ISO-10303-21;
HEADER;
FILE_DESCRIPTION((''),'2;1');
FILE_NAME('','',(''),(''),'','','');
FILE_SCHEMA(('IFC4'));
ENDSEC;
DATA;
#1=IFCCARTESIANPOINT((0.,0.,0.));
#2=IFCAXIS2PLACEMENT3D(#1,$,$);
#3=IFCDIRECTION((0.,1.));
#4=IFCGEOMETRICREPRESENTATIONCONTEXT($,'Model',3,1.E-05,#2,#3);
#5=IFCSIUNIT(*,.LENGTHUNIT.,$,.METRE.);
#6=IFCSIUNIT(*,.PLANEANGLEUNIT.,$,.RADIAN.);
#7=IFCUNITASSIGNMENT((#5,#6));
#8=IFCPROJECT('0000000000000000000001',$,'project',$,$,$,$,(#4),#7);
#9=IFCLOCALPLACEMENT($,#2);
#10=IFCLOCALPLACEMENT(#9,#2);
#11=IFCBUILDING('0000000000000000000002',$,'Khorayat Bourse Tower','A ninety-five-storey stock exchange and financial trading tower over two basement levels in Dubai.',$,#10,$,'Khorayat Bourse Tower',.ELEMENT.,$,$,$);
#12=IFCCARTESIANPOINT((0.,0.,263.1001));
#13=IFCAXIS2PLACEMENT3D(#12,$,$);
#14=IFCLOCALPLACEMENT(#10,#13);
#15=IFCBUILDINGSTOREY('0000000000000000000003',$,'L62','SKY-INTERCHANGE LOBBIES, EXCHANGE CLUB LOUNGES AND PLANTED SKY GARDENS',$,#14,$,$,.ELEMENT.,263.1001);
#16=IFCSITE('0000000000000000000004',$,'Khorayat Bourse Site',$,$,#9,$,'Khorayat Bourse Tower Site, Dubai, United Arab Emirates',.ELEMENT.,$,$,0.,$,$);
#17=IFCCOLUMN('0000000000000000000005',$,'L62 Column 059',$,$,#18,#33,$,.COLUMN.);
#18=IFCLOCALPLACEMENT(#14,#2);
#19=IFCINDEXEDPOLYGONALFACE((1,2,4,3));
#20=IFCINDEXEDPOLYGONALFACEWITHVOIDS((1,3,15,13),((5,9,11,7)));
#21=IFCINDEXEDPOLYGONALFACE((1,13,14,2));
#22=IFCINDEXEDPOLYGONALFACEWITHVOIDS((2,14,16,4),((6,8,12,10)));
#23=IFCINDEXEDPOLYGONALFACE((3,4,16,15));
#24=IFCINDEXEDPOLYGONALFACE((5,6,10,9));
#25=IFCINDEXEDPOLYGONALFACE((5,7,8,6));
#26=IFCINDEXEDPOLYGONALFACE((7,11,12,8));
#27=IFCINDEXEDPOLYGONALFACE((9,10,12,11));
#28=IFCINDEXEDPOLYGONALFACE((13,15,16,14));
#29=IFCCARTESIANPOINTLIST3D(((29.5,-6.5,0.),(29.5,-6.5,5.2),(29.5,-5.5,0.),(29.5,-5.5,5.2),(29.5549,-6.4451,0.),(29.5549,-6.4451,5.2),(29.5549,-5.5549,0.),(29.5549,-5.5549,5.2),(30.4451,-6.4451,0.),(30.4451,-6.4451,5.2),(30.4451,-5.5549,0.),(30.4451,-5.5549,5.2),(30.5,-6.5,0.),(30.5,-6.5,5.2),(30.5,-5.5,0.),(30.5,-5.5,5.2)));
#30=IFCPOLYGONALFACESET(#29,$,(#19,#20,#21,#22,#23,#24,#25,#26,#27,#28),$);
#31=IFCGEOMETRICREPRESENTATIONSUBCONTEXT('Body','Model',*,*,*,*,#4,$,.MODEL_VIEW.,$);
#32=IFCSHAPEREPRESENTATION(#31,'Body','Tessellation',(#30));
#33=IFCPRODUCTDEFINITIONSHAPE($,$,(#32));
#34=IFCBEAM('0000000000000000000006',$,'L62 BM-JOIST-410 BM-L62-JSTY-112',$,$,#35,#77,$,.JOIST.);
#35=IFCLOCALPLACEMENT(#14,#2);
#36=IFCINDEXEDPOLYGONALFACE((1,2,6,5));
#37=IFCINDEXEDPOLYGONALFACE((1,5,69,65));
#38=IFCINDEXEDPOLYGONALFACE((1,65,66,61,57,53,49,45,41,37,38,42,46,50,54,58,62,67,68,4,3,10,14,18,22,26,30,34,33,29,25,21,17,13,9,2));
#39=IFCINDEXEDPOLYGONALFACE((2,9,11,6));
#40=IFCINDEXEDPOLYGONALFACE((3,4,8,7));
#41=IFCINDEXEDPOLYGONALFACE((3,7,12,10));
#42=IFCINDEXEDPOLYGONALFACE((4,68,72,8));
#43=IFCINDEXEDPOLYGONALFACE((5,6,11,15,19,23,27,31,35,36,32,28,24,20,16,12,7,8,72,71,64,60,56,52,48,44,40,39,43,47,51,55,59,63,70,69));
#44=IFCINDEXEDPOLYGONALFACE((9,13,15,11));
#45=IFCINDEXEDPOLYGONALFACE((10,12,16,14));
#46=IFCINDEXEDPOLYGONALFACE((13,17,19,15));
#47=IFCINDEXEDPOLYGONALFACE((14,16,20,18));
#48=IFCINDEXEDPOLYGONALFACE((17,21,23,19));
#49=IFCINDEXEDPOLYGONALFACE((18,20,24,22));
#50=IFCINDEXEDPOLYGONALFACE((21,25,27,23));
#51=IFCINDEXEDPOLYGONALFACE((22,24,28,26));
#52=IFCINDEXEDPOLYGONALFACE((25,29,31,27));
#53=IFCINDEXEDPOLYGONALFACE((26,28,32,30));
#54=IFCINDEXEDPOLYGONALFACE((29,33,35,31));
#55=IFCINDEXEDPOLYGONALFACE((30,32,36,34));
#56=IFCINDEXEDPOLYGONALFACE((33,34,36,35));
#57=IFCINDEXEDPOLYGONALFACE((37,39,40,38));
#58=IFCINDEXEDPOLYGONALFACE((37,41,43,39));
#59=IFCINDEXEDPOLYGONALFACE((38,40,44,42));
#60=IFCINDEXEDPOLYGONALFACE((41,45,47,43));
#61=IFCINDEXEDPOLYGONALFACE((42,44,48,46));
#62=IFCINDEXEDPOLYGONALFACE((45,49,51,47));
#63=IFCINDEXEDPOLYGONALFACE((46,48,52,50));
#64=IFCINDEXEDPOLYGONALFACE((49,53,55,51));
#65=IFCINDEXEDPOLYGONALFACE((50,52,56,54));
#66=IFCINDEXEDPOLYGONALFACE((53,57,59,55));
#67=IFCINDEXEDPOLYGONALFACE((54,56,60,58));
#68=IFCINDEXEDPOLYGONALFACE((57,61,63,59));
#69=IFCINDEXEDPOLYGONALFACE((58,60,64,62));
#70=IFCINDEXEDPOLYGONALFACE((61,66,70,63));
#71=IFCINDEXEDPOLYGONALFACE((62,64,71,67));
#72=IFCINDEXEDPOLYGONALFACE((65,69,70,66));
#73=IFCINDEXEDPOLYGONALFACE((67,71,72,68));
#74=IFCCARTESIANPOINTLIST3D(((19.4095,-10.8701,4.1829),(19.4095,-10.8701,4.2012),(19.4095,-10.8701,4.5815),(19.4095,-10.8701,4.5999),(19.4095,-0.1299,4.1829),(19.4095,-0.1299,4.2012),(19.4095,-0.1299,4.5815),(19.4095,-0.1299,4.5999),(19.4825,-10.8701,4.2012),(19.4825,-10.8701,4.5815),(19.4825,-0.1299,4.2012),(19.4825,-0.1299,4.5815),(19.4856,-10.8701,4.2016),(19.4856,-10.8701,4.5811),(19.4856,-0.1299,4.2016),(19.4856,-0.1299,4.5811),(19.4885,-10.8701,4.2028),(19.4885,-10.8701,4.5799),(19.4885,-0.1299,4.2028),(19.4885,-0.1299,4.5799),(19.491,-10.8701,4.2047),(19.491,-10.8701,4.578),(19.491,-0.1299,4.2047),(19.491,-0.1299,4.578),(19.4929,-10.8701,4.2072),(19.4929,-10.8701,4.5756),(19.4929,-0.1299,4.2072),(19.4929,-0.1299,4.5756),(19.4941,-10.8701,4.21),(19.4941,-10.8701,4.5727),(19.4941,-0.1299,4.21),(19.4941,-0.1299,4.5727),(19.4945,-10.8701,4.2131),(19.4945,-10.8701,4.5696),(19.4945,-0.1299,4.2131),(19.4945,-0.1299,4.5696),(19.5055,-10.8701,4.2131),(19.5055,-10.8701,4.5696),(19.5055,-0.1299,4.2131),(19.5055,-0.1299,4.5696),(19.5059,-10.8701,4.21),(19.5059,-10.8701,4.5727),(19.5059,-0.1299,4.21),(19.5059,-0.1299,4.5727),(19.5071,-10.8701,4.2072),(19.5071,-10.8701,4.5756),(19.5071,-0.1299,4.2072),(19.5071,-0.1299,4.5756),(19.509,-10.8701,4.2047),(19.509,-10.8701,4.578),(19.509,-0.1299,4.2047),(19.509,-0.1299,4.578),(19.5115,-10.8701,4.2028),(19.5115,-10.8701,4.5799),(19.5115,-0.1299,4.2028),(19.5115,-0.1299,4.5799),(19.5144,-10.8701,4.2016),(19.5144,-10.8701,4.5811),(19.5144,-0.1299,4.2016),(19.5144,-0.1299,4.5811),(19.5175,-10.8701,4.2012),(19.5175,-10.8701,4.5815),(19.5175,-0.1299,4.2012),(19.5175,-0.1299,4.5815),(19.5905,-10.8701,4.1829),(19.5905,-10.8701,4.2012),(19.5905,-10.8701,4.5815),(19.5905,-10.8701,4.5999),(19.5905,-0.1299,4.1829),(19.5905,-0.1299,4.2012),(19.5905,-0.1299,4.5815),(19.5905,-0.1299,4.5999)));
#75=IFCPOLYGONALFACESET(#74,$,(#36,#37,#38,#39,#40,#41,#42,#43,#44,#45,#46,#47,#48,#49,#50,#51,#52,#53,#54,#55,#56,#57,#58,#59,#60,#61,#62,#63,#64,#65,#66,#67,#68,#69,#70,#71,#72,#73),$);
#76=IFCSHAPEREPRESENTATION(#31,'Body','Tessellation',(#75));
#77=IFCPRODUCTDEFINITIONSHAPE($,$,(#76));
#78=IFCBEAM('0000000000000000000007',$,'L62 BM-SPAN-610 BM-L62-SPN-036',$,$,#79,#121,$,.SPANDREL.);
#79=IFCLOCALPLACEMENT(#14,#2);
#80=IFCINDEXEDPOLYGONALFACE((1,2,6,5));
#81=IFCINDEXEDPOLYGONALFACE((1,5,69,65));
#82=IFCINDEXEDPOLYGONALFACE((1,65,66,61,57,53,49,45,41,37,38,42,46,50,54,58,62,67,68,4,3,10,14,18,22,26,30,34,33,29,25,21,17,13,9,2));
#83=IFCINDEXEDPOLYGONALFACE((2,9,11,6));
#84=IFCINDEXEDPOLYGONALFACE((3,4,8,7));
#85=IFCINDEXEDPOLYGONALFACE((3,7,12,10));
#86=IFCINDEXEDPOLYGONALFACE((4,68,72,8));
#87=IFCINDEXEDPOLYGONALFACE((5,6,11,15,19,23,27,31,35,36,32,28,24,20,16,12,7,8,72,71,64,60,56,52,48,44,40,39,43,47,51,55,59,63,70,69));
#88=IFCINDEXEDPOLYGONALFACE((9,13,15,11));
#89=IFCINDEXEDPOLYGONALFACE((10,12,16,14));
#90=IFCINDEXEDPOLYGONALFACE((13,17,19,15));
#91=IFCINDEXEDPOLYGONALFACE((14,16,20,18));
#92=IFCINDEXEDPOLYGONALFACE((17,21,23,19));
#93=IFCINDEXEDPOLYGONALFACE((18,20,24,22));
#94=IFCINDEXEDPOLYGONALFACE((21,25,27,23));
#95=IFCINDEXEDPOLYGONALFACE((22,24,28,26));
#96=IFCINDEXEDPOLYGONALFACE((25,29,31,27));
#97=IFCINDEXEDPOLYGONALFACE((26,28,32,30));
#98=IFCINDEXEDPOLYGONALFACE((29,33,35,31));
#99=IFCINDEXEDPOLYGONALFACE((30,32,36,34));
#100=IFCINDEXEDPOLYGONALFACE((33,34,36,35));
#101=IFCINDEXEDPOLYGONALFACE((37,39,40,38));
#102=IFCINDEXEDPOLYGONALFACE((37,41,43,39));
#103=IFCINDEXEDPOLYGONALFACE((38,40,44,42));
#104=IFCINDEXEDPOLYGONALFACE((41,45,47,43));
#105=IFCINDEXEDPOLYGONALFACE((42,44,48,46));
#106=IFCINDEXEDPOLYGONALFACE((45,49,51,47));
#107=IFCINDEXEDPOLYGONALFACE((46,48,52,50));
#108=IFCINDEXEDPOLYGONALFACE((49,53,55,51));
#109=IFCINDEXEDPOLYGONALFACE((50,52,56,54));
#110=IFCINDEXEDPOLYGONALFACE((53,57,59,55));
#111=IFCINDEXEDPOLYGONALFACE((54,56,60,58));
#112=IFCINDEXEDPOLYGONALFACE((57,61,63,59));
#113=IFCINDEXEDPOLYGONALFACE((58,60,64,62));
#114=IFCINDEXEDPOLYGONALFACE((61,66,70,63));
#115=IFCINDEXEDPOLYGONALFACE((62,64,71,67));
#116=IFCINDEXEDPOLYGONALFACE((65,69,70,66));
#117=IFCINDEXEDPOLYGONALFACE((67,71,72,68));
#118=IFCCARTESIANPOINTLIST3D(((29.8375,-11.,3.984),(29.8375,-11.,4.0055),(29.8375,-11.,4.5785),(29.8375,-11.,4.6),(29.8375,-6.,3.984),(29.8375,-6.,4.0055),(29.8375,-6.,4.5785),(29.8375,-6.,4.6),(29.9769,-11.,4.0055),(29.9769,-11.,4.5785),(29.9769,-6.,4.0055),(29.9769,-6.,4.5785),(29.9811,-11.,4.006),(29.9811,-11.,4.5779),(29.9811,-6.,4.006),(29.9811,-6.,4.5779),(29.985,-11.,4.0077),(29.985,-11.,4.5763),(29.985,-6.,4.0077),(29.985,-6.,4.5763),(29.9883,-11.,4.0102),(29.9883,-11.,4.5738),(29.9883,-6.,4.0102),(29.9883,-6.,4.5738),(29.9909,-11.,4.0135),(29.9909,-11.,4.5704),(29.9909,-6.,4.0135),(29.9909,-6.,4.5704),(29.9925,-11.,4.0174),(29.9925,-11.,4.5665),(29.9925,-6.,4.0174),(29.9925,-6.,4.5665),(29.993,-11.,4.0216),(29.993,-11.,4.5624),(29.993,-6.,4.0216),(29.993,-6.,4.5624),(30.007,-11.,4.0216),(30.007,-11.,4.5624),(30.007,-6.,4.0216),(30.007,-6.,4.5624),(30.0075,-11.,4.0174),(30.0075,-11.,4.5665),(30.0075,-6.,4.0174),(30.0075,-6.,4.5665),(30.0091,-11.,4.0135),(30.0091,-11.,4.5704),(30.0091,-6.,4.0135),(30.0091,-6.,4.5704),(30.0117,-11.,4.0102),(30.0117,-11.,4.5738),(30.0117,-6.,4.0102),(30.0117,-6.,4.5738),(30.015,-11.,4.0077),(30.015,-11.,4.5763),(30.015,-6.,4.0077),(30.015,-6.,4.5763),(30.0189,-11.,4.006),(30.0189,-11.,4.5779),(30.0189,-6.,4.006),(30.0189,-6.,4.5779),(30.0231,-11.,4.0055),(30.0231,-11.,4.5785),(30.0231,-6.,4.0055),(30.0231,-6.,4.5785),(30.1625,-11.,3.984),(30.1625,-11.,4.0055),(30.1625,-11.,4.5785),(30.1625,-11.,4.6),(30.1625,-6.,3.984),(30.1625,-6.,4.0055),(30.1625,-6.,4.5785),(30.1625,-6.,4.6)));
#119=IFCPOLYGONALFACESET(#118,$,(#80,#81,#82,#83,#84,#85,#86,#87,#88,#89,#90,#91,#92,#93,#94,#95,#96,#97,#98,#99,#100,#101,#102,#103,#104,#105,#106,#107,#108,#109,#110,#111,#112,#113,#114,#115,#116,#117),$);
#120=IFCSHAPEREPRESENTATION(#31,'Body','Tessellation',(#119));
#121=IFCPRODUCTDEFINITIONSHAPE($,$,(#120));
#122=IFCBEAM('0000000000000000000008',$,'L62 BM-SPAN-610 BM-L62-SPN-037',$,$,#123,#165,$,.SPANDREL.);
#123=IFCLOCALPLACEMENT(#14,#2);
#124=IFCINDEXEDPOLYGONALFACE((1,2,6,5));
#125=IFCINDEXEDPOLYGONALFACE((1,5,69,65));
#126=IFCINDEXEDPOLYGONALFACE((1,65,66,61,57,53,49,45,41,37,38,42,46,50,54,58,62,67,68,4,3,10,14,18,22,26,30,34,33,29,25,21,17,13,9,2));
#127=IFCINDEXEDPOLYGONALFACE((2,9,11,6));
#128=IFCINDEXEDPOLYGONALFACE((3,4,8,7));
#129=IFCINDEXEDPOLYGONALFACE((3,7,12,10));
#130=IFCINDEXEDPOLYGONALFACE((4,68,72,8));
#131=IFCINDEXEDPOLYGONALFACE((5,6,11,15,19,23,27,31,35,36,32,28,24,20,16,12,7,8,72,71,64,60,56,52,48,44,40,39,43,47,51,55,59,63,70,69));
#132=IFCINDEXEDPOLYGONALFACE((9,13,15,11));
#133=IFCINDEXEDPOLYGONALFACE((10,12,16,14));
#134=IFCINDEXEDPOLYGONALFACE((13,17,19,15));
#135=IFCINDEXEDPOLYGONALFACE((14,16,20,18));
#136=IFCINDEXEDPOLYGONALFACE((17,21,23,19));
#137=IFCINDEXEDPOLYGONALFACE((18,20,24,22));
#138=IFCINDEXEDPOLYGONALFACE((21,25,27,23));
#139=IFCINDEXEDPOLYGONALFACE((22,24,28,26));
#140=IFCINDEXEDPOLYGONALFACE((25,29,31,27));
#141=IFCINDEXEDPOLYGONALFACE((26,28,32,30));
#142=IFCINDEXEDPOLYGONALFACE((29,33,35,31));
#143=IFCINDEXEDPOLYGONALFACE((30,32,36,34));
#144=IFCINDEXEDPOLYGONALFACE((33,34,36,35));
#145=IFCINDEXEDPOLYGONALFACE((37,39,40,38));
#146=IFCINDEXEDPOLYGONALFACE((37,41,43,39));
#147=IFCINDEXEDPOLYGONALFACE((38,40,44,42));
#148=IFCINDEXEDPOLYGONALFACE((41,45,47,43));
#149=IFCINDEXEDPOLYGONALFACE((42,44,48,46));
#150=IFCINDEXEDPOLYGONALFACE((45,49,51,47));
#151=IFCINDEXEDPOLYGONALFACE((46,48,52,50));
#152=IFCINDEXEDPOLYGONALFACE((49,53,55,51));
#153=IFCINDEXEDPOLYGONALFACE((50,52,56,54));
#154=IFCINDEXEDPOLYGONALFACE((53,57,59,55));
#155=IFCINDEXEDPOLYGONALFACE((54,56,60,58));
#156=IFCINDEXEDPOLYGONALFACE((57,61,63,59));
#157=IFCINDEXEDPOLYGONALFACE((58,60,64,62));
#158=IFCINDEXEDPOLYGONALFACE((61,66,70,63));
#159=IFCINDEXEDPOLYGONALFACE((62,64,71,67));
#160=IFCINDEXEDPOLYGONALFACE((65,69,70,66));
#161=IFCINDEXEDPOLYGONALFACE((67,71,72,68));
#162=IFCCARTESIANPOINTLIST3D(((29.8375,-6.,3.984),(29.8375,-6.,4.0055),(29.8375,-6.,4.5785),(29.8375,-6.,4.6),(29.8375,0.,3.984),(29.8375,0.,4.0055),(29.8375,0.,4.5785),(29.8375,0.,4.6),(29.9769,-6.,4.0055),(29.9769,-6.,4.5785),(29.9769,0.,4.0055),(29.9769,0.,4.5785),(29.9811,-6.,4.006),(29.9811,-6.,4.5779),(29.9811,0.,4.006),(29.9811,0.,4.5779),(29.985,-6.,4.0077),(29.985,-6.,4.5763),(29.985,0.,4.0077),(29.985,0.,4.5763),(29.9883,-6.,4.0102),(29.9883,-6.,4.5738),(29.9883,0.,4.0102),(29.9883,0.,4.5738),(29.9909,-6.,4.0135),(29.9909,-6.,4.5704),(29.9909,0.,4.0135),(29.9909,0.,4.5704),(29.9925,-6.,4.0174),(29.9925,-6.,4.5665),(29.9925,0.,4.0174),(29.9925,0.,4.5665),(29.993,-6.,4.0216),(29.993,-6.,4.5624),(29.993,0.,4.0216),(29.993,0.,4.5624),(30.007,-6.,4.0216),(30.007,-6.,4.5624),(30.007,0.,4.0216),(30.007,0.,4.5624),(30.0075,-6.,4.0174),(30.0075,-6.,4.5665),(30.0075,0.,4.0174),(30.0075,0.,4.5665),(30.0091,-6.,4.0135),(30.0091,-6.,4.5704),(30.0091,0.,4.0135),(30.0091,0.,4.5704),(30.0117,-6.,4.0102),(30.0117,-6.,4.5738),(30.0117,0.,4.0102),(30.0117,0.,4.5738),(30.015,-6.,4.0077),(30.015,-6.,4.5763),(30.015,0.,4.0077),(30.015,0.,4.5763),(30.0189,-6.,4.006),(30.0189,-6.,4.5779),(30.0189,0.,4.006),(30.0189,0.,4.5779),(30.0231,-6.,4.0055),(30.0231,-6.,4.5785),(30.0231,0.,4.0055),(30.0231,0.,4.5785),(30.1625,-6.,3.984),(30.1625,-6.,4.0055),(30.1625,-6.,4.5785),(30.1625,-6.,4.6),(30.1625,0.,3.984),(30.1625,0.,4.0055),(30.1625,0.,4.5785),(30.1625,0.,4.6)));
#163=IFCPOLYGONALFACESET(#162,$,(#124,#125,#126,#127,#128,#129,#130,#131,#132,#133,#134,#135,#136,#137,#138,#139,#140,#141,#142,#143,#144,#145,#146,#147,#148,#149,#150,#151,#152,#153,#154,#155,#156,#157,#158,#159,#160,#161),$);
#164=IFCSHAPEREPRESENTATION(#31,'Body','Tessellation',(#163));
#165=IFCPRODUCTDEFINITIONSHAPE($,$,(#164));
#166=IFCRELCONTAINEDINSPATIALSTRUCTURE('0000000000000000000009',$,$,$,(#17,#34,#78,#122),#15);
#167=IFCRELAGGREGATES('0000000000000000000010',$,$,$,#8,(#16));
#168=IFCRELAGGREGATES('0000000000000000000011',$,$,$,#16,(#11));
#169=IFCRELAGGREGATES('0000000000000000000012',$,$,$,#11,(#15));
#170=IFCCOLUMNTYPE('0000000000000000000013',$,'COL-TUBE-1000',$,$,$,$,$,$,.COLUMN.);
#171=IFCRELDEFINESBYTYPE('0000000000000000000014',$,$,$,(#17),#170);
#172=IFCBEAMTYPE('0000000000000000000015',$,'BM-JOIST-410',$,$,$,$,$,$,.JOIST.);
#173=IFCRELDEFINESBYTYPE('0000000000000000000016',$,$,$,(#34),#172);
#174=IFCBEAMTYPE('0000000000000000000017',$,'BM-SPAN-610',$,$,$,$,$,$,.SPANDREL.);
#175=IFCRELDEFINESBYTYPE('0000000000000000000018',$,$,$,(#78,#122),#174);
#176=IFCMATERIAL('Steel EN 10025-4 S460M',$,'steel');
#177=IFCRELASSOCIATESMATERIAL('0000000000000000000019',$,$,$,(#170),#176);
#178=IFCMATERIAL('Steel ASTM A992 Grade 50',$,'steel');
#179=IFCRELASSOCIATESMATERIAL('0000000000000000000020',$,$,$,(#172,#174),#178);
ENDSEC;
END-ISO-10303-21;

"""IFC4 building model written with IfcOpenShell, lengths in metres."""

from ifc_helpers import new_model, si_unit, direction, frame, origin, origin_2d, place, context, subcontext, project, spatial, hollow_rectangle, i_section, extrude, source, transform, mapped, material, material_profile, profile_set, type_object, element, save


model = new_model("IFC4")

# Units and contexts
model_context = context("Model", 3, precision=1e-05, world=origin(), true_north=direction((0.0, 1.0)))
body_context = subcontext(model_context, "Body", "Model", "MODEL_VIEW")
ifc_project = project(units=[si_unit("LENGTHUNIT", "METRE"), si_unit("PLANEANGLEUNIT", "RADIAN")], contexts=[model_context])

# Site, building, storey
site_placement = place(None, origin())
site = spatial("IfcSite", under=ifc_project, at=site_placement, Name="Khorayat Bourse Site", LongName="Khorayat Bourse Tower Site, Dubai, United Arab Emirates", CompositionType="ELEMENT", RefElevation=0.0)
building_placement = place(site_placement, origin())
building = spatial("IfcBuilding", under=site, at=building_placement, Name="Khorayat Bourse Tower", Description="A ninety-five-storey stock exchange and financial trading tower over two basement levels in Dubai.", LongName="Khorayat Bourse Tower", CompositionType="ELEMENT")
storey_placement = place(building_placement, frame((0.0, 0.0, 263.1001)))
storey = spatial("IfcBuildingStorey", under=building, at=storey_placement, Name="L62", Description="SKY-INTERCHANGE LOBBIES, EXCHANGE CLUB LOUNGES AND PLANTED SKY GARDENS", CompositionType="ELEMENT", Elevation=263.1001)

# Column
ifc_material_1 = material(Name="Steel EN 10025-4 S460M", Category="steel")
ifc_material_profile_1 = material_profile(ifc_material_1, hollow_rectangle(XDim=1.0, YDim=1.0, WallThickness=0.0549, at=origin_2d()), Name="BOX 1000x1000x55")
ifc_profile_set_1 = profile_set([ifc_material_profile_1], Name="Steel EN 10025-4 S460M")
column_type = type_object("IfcColumnType", Name="COL-TUBE-1000", PredefinedType="COLUMN", material=ifc_profile_set_1)
shared_shape_1 = source(origin(), body_context, "Body", "SweptSolid", [
    extrude(hollow_rectangle(XDim=1.0, YDim=1.0, WallThickness=0.0549, at=origin_2d()), origin(), (0.0, 0.0, 1.0), 5.2),
])
column_placement = place(storey_placement, frame((30.0, -6.0, 0.0), z_axis=(0.0, 0.0, 1.0), x_axis=(1.0, 0.0, 0.0)))
element("IfcColumn", 1, at=column_placement, inside=storey, type_object=column_type, Name="L62 Column 059", PredefinedType="COLUMN", context=body_context, shape_type="MappedRepresentation", body=[
    mapped(shared_shape_1, transform((0.0, 0.0, 0.0), scale=1.0)),
])

# Beams
ifc_material_2 = material(Name="Steel ASTM A992 Grade 50", Category="steel")
ifc_material_profile_2 = material_profile(ifc_material_2, i_section(OverallWidth=0.1809, OverallDepth=0.417, WebThickness=0.011, FlangeThickness=0.0183, FilletRadius=0.012, at=origin_2d()), Name="W410X85")
ifc_profile_set_2 = profile_set([ifc_material_profile_2], Name="Steel ASTM A992 Grade 50")
beam_type_1 = type_object("IfcBeamType", Name="BM-JOIST-410", PredefinedType="JOIST", material=ifc_profile_set_2)
shared_shape_2 = source(origin(), body_context, "Body", "SweptSolid", [
    extrude(i_section(OverallWidth=0.1809, OverallDepth=0.417, WebThickness=0.011, FlangeThickness=0.0183, FilletRadius=0.012, at=origin_2d()), origin(), (0.0, 0.0, 1.0), 10.7402),
])
beam_1_placement = place(storey_placement, frame((19.5, -10.8701, 4.3914), z_axis=(0.0, 1.0, 0.0), x_axis=(-1.0, 0.0, 0.0)))
element("IfcBeam", 2, at=beam_1_placement, inside=storey, type_object=beam_type_1, Name="L62 BM-JOIST-410 BM-L62-JSTY-112", PredefinedType="JOIST", context=body_context, shape_type="MappedRepresentation", body=[
    mapped(shared_shape_2, transform((0.0, 0.0, 0.0), scale=1.0)),
])
ifc_material_profile_3 = material_profile(ifc_material_2, i_section(OverallWidth=0.325, OverallDepth=0.616, WebThickness=0.0139, FlangeThickness=0.0215, FilletRadius=0.0161, at=origin_2d()), Name="W610X174")
ifc_profile_set_3 = profile_set([ifc_material_profile_3], Name="Steel ASTM A992 Grade 50")
beam_type_2 = type_object("IfcBeamType", Name="BM-SPAN-610", PredefinedType="SPANDREL", material=ifc_profile_set_3)
shared_shape_3 = source(origin(), body_context, "Body", "SweptSolid", [
    extrude(i_section(OverallWidth=0.325, OverallDepth=0.616, WebThickness=0.0139, FlangeThickness=0.0215, FilletRadius=0.0161, at=origin_2d()), origin(), (0.0, 0.0, 1.0), 5.0),
])
beam_2_placement = place(storey_placement, frame((30.0, -11.0, 4.292), z_axis=(0.0, 1.0, 0.0), x_axis=(-1.0, 0.0, 0.0)))
element("IfcBeam", 3, at=beam_2_placement, inside=storey, type_object=beam_type_2, Name="L62 BM-SPAN-610 BM-L62-SPN-036", PredefinedType="SPANDREL", context=body_context, shape_type="MappedRepresentation", body=[
    mapped(shared_shape_3, transform((0.0, 0.0, 0.0), scale=1.0)),
])
shared_shape_4 = source(origin(), body_context, "Body", "SweptSolid", [
    extrude(i_section(OverallWidth=0.325, OverallDepth=0.616, WebThickness=0.0139, FlangeThickness=0.0215, FilletRadius=0.0161, at=origin_2d()), origin(), (0.0, 0.0, 1.0), 6.0),
])
beam_3_placement = place(storey_placement, frame((30.0, -6.0, 4.292), z_axis=(0.0, 1.0, 0.0), x_axis=(-1.0, 0.0, 0.0)))
element("IfcBeam", 4, at=beam_3_placement, inside=storey, type_object=beam_type_2, Name="L62 BM-SPAN-610 BM-L62-SPN-037", PredefinedType="SPANDREL", context=body_context, shape_type="MappedRepresentation", body=[
    mapped(shared_shape_4, transform((0.0, 0.0, 0.0), scale=1.0)),
])

save(model, "model.ifc")
